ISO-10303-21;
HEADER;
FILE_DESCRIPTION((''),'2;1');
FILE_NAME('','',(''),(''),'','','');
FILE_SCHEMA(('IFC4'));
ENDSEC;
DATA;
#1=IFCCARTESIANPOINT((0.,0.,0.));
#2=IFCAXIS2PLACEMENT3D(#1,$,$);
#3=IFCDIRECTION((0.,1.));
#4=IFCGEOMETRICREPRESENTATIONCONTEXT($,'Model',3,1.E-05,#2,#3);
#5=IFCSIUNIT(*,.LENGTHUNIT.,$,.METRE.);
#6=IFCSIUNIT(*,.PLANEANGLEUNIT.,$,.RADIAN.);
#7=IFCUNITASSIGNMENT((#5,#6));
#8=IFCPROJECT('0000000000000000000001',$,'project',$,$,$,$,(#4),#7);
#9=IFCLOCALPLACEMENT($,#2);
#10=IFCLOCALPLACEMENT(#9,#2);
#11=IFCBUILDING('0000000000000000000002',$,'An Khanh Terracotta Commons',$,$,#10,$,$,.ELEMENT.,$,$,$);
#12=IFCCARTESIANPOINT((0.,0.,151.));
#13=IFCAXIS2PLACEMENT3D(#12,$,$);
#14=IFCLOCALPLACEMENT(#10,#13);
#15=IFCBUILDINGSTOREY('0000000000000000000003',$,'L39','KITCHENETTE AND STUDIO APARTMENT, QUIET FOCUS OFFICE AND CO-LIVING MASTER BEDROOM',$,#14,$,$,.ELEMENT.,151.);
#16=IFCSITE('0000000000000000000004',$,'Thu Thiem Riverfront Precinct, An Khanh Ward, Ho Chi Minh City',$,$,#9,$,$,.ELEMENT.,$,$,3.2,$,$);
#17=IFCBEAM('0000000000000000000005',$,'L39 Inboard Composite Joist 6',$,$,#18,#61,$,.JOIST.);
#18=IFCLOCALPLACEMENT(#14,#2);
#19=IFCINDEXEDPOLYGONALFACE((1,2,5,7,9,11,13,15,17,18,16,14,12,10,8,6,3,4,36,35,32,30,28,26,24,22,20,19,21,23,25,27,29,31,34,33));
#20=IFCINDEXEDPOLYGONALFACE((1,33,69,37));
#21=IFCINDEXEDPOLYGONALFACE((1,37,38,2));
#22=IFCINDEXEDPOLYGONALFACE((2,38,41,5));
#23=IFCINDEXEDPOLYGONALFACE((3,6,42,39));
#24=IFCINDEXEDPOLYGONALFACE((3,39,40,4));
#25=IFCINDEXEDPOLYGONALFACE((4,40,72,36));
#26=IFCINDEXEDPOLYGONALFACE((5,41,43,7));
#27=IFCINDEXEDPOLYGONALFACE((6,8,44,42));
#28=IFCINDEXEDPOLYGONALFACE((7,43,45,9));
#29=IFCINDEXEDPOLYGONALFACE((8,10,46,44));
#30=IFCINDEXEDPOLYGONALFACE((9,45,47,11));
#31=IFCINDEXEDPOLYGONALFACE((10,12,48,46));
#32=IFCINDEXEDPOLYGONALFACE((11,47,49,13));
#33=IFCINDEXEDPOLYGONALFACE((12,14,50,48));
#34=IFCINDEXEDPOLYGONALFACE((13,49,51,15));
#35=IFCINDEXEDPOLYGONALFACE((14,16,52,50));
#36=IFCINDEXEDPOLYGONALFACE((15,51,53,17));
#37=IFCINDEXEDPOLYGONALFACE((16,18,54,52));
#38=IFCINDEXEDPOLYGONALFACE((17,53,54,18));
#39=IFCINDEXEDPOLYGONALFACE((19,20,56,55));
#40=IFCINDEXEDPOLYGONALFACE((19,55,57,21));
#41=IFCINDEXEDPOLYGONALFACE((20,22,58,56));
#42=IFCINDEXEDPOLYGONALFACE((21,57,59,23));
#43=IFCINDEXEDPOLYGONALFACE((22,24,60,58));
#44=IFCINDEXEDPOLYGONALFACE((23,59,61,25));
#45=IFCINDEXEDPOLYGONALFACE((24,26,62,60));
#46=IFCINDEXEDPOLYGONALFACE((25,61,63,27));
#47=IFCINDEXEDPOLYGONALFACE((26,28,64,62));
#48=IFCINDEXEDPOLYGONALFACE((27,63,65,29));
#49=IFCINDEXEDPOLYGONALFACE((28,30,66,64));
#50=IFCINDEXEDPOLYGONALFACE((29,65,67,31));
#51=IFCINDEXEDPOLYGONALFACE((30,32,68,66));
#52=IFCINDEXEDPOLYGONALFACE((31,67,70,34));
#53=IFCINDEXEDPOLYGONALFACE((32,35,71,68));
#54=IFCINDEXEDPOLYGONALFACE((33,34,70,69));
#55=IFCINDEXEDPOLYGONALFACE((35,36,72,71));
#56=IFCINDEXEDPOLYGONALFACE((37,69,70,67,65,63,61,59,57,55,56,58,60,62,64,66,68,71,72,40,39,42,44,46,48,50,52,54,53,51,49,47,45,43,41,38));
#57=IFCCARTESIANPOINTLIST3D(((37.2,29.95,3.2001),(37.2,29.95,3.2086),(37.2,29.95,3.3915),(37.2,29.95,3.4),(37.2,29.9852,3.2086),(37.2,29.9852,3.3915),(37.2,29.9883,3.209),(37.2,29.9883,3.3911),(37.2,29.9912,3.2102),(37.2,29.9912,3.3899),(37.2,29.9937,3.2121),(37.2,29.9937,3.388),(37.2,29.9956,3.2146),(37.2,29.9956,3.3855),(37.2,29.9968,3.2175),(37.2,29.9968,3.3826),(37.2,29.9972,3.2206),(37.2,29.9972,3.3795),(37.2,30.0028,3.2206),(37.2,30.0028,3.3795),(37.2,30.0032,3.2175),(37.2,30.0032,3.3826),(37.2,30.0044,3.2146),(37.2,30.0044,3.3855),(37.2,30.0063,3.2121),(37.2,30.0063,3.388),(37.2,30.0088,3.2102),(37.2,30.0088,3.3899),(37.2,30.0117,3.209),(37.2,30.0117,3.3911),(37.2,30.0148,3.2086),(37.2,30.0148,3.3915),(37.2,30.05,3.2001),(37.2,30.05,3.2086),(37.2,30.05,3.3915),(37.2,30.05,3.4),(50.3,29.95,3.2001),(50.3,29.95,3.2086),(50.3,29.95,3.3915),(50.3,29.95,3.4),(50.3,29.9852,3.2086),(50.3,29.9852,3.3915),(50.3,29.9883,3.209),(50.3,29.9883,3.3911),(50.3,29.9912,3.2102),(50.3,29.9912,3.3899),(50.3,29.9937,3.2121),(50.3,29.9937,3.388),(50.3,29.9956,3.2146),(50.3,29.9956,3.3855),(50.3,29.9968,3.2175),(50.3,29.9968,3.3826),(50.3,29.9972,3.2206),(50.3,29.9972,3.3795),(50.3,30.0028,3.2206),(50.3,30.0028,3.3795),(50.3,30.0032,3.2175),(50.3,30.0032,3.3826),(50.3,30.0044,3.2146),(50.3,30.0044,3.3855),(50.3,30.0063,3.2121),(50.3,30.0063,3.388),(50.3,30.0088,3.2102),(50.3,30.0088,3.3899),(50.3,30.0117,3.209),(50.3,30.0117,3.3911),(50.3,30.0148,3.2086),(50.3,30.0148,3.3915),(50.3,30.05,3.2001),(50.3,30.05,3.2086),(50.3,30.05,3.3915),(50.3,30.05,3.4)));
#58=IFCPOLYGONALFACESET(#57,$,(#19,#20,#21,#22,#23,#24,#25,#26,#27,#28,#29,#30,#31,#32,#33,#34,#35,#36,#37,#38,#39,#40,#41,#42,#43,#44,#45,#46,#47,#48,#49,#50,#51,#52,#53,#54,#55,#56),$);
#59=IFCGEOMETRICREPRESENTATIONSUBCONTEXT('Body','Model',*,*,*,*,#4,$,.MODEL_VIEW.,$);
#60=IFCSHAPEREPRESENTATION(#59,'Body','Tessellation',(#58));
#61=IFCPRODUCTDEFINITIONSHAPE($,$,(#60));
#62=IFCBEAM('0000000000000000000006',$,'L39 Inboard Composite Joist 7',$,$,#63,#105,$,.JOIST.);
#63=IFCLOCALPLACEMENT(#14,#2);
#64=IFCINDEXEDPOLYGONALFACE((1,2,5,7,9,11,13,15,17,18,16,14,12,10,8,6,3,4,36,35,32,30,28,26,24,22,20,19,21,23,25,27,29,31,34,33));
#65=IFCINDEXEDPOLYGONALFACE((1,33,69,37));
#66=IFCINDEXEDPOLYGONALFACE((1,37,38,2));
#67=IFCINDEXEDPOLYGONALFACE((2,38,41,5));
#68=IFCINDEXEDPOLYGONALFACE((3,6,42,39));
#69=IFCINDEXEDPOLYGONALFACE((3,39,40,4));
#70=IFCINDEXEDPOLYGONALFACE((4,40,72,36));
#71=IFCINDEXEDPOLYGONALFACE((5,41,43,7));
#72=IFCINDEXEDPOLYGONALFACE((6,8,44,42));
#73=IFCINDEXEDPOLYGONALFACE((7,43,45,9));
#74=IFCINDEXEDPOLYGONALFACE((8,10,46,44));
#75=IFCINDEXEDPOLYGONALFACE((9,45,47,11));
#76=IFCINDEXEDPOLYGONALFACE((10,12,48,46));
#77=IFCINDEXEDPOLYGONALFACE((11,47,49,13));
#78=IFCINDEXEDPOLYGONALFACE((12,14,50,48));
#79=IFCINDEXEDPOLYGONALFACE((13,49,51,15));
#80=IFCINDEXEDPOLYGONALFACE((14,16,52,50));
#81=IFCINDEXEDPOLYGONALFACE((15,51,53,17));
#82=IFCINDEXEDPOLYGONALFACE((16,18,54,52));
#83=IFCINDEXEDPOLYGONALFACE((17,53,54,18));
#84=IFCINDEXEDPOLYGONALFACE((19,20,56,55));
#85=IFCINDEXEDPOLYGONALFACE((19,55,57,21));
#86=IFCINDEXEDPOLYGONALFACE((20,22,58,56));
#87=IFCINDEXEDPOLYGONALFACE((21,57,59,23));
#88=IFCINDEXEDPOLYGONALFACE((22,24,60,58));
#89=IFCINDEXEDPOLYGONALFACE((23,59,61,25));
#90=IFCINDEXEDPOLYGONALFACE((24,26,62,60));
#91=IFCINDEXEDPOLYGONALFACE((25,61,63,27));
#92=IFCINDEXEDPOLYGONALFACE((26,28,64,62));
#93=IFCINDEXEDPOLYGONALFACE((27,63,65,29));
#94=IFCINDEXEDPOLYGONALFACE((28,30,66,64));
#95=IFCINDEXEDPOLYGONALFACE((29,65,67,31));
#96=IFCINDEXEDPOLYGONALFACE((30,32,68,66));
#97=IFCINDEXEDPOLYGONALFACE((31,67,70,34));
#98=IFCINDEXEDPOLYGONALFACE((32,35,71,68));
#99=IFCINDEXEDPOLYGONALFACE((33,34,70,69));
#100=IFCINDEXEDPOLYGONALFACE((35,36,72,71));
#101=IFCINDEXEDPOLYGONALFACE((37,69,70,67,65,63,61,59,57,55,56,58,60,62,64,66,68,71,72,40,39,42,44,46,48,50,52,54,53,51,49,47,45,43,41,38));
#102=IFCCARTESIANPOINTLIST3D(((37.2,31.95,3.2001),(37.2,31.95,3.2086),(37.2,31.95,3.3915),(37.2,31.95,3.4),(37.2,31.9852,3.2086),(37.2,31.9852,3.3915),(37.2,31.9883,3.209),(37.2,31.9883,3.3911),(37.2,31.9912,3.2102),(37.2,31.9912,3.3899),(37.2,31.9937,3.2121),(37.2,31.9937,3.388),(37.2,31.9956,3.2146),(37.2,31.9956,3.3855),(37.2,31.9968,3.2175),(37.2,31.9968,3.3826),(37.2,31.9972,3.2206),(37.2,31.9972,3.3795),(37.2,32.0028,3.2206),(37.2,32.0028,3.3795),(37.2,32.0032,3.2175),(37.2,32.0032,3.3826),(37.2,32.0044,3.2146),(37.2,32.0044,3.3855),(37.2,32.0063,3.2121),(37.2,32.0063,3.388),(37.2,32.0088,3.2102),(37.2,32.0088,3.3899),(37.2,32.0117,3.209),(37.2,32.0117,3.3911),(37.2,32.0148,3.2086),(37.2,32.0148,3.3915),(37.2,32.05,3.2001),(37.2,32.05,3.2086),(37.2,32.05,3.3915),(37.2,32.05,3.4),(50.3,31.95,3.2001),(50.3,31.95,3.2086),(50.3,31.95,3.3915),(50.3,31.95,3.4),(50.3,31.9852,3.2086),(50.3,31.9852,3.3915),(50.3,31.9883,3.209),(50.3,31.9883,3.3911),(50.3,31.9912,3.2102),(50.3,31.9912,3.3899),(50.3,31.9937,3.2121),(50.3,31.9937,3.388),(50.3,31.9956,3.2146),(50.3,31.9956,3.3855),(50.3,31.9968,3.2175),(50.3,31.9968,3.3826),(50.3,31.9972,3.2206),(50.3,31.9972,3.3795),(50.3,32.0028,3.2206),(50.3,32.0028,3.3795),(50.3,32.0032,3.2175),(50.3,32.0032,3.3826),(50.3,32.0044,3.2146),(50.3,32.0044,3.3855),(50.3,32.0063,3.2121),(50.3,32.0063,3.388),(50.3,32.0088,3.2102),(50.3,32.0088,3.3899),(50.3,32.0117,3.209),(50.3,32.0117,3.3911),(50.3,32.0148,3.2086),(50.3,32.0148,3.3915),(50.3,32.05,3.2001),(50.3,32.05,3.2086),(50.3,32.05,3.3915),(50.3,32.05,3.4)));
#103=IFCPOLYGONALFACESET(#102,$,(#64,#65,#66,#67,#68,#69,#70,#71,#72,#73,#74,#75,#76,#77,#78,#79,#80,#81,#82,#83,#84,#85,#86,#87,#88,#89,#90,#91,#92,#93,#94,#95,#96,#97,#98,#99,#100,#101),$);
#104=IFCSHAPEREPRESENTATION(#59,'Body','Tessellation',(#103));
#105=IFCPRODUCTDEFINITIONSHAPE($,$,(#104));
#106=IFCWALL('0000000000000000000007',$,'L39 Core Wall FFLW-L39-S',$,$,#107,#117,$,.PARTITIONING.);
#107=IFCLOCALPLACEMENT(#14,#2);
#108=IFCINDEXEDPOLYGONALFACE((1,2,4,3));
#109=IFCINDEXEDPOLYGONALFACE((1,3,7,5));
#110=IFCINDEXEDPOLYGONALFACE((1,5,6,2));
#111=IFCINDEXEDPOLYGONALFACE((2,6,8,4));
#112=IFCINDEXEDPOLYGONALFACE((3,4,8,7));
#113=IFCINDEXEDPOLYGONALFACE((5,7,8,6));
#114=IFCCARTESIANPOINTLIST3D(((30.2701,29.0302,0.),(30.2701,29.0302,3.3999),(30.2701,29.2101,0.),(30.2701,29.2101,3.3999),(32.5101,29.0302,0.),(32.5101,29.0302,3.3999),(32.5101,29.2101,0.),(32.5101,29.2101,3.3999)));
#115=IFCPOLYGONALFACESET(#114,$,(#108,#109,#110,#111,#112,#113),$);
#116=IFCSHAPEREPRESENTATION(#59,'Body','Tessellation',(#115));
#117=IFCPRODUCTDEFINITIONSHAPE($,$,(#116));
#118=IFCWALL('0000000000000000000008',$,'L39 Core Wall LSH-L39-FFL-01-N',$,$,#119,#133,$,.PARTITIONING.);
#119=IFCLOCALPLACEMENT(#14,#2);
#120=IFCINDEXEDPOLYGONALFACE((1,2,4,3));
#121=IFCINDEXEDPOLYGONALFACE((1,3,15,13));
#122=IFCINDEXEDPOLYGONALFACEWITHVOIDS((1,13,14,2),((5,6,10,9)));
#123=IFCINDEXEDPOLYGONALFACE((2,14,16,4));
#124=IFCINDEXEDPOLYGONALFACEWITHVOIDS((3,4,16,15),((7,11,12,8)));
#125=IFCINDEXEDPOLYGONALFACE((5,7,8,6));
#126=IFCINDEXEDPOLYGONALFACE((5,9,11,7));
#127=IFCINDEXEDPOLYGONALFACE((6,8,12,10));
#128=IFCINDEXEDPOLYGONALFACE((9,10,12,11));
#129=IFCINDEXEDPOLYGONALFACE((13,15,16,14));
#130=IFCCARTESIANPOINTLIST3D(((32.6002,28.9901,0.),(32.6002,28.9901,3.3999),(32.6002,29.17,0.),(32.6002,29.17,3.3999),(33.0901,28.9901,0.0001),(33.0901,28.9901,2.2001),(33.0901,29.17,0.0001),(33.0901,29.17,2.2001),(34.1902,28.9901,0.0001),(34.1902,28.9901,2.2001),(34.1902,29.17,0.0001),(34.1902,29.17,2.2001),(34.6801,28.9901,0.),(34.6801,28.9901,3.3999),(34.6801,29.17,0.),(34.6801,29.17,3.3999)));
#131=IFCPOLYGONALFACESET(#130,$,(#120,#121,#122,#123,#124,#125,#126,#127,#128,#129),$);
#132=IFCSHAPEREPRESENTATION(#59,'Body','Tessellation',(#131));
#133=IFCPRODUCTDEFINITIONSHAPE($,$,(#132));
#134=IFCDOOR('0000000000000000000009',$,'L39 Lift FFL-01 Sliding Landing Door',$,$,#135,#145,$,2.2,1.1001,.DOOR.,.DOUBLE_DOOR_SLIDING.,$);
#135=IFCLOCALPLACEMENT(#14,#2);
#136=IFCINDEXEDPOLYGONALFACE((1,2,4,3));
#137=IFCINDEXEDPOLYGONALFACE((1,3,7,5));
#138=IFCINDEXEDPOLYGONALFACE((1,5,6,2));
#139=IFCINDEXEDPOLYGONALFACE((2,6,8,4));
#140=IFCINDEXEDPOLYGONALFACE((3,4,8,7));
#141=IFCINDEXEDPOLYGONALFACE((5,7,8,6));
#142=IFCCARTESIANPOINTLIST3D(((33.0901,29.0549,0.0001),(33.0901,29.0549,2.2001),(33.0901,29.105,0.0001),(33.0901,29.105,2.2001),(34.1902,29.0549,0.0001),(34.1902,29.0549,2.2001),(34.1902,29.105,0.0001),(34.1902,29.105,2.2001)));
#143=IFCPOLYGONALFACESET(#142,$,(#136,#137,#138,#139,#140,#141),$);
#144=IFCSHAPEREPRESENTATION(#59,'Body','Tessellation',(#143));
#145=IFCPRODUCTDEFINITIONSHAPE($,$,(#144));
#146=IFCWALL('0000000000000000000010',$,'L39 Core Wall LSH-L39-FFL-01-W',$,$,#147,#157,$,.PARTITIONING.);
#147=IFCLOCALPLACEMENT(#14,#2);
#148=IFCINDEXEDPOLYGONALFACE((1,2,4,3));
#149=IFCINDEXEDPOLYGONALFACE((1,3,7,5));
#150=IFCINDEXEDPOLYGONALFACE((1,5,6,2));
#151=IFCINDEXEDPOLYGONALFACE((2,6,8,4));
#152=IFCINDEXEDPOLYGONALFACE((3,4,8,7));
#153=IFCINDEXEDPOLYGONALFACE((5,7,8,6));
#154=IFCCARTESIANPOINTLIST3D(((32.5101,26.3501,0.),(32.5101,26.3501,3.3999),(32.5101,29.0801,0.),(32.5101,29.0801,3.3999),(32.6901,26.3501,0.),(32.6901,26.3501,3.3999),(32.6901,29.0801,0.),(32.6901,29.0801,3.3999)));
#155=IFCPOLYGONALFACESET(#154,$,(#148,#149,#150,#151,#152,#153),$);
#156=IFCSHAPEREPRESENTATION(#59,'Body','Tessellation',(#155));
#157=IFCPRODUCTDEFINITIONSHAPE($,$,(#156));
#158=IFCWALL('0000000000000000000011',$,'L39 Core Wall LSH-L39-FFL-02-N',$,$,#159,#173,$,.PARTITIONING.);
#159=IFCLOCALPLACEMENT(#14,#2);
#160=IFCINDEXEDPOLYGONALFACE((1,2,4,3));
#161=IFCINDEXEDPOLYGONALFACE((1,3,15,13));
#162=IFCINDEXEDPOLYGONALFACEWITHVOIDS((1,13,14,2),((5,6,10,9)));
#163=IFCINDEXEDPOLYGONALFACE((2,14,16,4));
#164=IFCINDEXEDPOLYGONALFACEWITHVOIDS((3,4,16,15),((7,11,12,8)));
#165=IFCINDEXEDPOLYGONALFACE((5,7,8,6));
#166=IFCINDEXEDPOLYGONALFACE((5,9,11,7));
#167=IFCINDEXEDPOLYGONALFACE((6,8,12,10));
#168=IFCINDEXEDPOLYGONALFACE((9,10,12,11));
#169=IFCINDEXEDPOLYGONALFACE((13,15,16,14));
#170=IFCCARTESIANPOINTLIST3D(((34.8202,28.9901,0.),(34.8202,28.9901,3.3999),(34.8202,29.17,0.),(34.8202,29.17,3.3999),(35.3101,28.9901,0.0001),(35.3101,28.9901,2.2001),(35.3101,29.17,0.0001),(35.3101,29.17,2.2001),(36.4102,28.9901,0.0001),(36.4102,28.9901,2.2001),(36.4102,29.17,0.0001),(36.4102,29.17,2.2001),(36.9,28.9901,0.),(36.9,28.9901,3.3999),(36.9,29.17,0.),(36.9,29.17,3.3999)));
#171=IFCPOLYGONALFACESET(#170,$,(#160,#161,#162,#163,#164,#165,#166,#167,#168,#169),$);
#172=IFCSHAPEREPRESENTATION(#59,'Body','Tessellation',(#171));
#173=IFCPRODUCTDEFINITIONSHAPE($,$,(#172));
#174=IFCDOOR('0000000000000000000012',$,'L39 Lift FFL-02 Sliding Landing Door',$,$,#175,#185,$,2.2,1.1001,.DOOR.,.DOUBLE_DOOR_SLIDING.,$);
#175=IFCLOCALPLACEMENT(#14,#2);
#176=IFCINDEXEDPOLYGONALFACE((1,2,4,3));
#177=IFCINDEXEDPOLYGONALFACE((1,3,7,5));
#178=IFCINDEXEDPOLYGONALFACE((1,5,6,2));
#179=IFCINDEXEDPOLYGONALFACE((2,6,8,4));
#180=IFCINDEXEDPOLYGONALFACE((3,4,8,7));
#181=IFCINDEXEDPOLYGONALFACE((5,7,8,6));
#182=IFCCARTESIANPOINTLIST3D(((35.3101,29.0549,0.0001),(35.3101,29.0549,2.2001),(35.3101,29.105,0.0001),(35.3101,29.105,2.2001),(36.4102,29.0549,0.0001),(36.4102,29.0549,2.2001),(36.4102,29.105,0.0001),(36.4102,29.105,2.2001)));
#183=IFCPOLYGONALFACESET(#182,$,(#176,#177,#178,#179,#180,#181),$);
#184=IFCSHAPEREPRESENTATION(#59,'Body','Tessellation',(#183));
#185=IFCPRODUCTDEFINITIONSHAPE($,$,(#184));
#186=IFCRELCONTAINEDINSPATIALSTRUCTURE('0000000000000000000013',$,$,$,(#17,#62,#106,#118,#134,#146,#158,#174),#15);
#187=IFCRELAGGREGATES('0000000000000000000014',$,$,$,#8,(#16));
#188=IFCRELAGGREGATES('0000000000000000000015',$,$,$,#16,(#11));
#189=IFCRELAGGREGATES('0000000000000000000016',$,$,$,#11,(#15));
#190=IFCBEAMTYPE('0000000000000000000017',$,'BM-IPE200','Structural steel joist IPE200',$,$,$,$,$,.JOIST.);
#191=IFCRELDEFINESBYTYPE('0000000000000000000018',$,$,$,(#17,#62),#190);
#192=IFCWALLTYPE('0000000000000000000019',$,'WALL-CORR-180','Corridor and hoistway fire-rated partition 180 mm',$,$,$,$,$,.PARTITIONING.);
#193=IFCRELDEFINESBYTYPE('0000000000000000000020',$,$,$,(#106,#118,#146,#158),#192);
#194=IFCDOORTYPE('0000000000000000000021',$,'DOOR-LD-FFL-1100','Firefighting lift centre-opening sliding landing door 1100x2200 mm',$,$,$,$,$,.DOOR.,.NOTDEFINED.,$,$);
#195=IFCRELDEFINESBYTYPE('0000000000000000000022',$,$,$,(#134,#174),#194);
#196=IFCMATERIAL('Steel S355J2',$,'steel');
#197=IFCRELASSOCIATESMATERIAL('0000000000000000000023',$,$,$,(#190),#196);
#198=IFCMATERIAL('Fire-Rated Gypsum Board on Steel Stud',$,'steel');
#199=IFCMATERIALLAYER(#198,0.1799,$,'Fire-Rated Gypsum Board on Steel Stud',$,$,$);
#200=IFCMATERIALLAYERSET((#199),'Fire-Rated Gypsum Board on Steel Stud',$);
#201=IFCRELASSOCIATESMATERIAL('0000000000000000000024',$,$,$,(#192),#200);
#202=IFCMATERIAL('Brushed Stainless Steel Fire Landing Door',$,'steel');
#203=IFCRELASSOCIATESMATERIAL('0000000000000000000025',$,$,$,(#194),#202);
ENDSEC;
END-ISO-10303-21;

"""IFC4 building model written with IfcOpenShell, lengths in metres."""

from ifc_helpers import new_model, si_unit, direction, frame, frame_2d, origin, origin_2d, place, context, subcontext, project, spatial, rectangle, i_section, extrude, material, layer, layer_set, material_profile, profile_set, type_object, element, fill, save


model = new_model("IFC4")

# Units and contexts
model_context = context("Model", 3, precision=1e-05, world=origin(), true_north=direction((0.0, 1.0)))
body_context = subcontext(model_context, "Body", "Model", "MODEL_VIEW")
ifc_project = project(units=[si_unit("LENGTHUNIT", "METRE"), si_unit("PLANEANGLEUNIT", "RADIAN")], contexts=[model_context])

# Site, building, storey
site_placement = place(None, origin())
site = spatial("IfcSite", under=ifc_project, at=site_placement, Name="Thu Thiem Riverfront Precinct, An Khanh Ward, Ho Chi Minh City", CompositionType="ELEMENT", RefElevation=3.2)
building_placement = place(site_placement, origin())
building = spatial("IfcBuilding", under=site, at=building_placement, Name="An Khanh Terracotta Commons", CompositionType="ELEMENT")
storey_placement = place(building_placement, frame((0.0, 0.0, 151.0)))
storey = spatial("IfcBuildingStorey", under=building, at=storey_placement, Name="L39", Description="KITCHENETTE AND STUDIO APARTMENT, QUIET FOCUS OFFICE AND CO-LIVING MASTER BEDROOM", CompositionType="ELEMENT", Elevation=151.0)

# Beams
ifc_material_1 = material(Name="Steel S355J2", Category="steel")
ifc_material_profile_1 = material_profile(ifc_material_1, i_section(OverallWidth=0.1001, OverallDepth=0.2, WebThickness=0.0056, FlangeThickness=0.0085, FilletRadius=0.012, at=origin_2d()), Name="IPE200")
ifc_profile_set_1 = profile_set([ifc_material_profile_1], Name="Steel S355J2")
beam_type_1 = type_object("IfcBeamType", Name="BM-IPE200", Description="Structural steel joist IPE200", PredefinedType="JOIST", material=ifc_profile_set_1)
for number, where, z_axis, x_axis, name in (
    (1, (37.2, 30.0, 3.3), (1.0, 0.0, 0.0), (0.0, 1.0, 0.0), "L39 Inboard Composite Joist 6"),
    (2, (37.2, 32.0, 3.3), (1.0, 0.0, 0.0), (0.0, 1.0, 0.0), "L39 Inboard Composite Joist 7"),
):
    element("IfcBeam", number, at=place(storey_placement, frame(where, z_axis=z_axis, x_axis=x_axis)), inside=storey, type_object=beam_type_1, Name=name, PredefinedType="JOIST", context=body_context, shape_type="SweptSolid", body=[
        extrude(i_section(OverallWidth=0.1001, OverallDepth=0.2, WebThickness=0.0056, FlangeThickness=0.0085, FilletRadius=0.012, at=origin_2d()), origin(), (0.0, 0.0, 1.0), 13.1001),
    ])

# Wall
ifc_material_2 = material(Name="Fire-Rated Gypsum Board on Steel Stud", Category="steel")
ifc_layer_1 = layer(ifc_material_2, 0.1799, Name="Fire-Rated Gypsum Board on Steel Stud")
ifc_layer_set_1 = layer_set([ifc_layer_1], Name="Fire-Rated Gypsum Board on Steel Stud")
wall_type_1 = type_object("IfcWallType", Name="WALL-CORR-180", Description="Corridor and hoistway fire-rated partition 180 mm", PredefinedType="PARTITIONING", material=ifc_layer_set_1)
wall_1_placement = place(storey_placement, frame((30.27, 29.1201, 0.0), z_axis=(0.0, 0.0, 1.0), x_axis=(1.0, 0.0, 0.0)))
element("IfcWall", 3, at=wall_1_placement, inside=storey, type_object=wall_type_1, Name="L39 Core Wall FFLW-L39-S", PredefinedType="PARTITIONING", context=body_context, shape_type="SweptSolid", body=[
    extrude(rectangle(XDim=2.24, YDim=0.1799, at=frame_2d((1.1201, 0.0))), origin(), (0.0, 0.0, 1.0), 3.3999),
])

# Wall, opening, door
wall_2_placement = place(storey_placement, frame((32.6001, 29.0801, 0.0), z_axis=(0.0, 0.0, 1.0), x_axis=(1.0, 0.0, 0.0)))
wall_2 = element("IfcWall", 4, at=wall_2_placement, inside=storey, type_object=wall_type_1, Name="L39 Core Wall LSH-L39-FFL-01-N", PredefinedType="PARTITIONING", context=body_context, shape_type="SweptSolid", body=[
    extrude(rectangle(XDim=2.0798, YDim=0.1799, at=frame_2d((1.04, 0.0))), origin(), (0.0, 0.0, 1.0), 3.3999),
])
opening_1_placement = place(wall_2_placement, frame((0.49, 0.0, 0.0)))
opening_1 = element("IfcOpeningElement", 5, at=opening_1_placement, cuts=wall_2, PredefinedType="OPENING", context=body_context, shape_type="SweptSolid", body=[
    extrude(rectangle(XDim=1.1001, YDim=2.2, at=frame_2d((0.55, 1.1001))), frame((0.0, 0.0999, 0.0), z_axis=(0.0, -1.0, 0.0), x_axis=(1.0, 0.0, 0.0)), (0.0, 0.0, 1.0), 0.2),
])
ifc_material_3 = material(Name="Brushed Stainless Steel Fire Landing Door", Category="steel")
door_type_1 = type_object("IfcDoorType", Name="DOOR-LD-FFL-1100", Description="Firefighting lift centre-opening sliding landing door 1100x2200 mm", OperationType="NOTDEFINED", PredefinedType="DOOR", material=ifc_material_3)
door_1_placement = place(opening_1_placement, origin())
door_1 = element("IfcDoor", 6, at=door_1_placement, inside=storey, type_object=door_type_1, Name="L39 Lift FFL-01 Sliding Landing Door", OperationType="DOUBLE_DOOR_SLIDING", OverallHeight=2.2, OverallWidth=1.1001, PredefinedType="DOOR", context=body_context, shape_type="SweptSolid", body=[
    extrude(rectangle(XDim=1.1001, YDim=2.2, at=frame_2d((0.55, 1.1001))), frame((0.0, 0.0249, 0.0), z_axis=(0.0, -1.0, 0.0), x_axis=(1.0, 0.0, 0.0)), (0.0, 0.0, 1.0), 0.05),
])
fill(opening_1, door_1)

# Wall
wall_3_placement = place(storey_placement, frame((32.6001, 29.0801, 0.0), z_axis=(0.0, 0.0, 1.0), x_axis=(0.0, -1.0, 0.0)))
element("IfcWall", 7, at=wall_3_placement, inside=storey, type_object=wall_type_1, Name="L39 Core Wall LSH-L39-FFL-01-W", PredefinedType="PARTITIONING", context=body_context, shape_type="SweptSolid", body=[
    extrude(rectangle(XDim=2.73, YDim=0.1799, at=frame_2d((1.365, 0.0))), origin(), (0.0, 0.0, 1.0), 3.3999),
])

# Wall, opening, door
wall_4_placement = place(storey_placement, frame((34.8201, 29.0801, 0.0), z_axis=(0.0, 0.0, 1.0), x_axis=(1.0, 0.0, 0.0)))
wall_4 = element("IfcWall", 8, at=wall_4_placement, inside=storey, type_object=wall_type_1, Name="L39 Core Wall LSH-L39-FFL-02-N", PredefinedType="PARTITIONING", context=body_context, shape_type="SweptSolid", body=[
    extrude(rectangle(XDim=2.0798, YDim=0.1799, at=frame_2d((1.04, 0.0))), origin(), (0.0, 0.0, 1.0), 3.3999),
])
opening_2_placement = place(wall_4_placement, frame((0.49, 0.0, 0.0)))
opening_2 = element("IfcOpeningElement", 9, at=opening_2_placement, cuts=wall_4, PredefinedType="OPENING", context=body_context, shape_type="SweptSolid", body=[
    extrude(rectangle(XDim=1.1001, YDim=2.2, at=frame_2d((0.55, 1.1001))), frame((0.0, 0.0999, 0.0), z_axis=(0.0, -1.0, 0.0), x_axis=(1.0, 0.0, 0.0)), (0.0, 0.0, 1.0), 0.2),
])
door_2_placement = place(opening_2_placement, origin())
door_2 = element("IfcDoor", 10, at=door_2_placement, inside=storey, type_object=door_type_1, Name="L39 Lift FFL-02 Sliding Landing Door", OperationType="DOUBLE_DOOR_SLIDING", OverallHeight=2.2, OverallWidth=1.1001, PredefinedType="DOOR", context=body_context, shape_type="SweptSolid", body=[
    extrude(rectangle(XDim=1.1001, YDim=2.2, at=frame_2d((0.55, 1.1001))), frame((0.0, 0.0249, 0.0), z_axis=(0.0, -1.0, 0.0), x_axis=(1.0, 0.0, 0.0)), (0.0, 0.0, 1.0), 0.05),
])
fill(opening_2, door_2)

save(model, "model.ifc")
